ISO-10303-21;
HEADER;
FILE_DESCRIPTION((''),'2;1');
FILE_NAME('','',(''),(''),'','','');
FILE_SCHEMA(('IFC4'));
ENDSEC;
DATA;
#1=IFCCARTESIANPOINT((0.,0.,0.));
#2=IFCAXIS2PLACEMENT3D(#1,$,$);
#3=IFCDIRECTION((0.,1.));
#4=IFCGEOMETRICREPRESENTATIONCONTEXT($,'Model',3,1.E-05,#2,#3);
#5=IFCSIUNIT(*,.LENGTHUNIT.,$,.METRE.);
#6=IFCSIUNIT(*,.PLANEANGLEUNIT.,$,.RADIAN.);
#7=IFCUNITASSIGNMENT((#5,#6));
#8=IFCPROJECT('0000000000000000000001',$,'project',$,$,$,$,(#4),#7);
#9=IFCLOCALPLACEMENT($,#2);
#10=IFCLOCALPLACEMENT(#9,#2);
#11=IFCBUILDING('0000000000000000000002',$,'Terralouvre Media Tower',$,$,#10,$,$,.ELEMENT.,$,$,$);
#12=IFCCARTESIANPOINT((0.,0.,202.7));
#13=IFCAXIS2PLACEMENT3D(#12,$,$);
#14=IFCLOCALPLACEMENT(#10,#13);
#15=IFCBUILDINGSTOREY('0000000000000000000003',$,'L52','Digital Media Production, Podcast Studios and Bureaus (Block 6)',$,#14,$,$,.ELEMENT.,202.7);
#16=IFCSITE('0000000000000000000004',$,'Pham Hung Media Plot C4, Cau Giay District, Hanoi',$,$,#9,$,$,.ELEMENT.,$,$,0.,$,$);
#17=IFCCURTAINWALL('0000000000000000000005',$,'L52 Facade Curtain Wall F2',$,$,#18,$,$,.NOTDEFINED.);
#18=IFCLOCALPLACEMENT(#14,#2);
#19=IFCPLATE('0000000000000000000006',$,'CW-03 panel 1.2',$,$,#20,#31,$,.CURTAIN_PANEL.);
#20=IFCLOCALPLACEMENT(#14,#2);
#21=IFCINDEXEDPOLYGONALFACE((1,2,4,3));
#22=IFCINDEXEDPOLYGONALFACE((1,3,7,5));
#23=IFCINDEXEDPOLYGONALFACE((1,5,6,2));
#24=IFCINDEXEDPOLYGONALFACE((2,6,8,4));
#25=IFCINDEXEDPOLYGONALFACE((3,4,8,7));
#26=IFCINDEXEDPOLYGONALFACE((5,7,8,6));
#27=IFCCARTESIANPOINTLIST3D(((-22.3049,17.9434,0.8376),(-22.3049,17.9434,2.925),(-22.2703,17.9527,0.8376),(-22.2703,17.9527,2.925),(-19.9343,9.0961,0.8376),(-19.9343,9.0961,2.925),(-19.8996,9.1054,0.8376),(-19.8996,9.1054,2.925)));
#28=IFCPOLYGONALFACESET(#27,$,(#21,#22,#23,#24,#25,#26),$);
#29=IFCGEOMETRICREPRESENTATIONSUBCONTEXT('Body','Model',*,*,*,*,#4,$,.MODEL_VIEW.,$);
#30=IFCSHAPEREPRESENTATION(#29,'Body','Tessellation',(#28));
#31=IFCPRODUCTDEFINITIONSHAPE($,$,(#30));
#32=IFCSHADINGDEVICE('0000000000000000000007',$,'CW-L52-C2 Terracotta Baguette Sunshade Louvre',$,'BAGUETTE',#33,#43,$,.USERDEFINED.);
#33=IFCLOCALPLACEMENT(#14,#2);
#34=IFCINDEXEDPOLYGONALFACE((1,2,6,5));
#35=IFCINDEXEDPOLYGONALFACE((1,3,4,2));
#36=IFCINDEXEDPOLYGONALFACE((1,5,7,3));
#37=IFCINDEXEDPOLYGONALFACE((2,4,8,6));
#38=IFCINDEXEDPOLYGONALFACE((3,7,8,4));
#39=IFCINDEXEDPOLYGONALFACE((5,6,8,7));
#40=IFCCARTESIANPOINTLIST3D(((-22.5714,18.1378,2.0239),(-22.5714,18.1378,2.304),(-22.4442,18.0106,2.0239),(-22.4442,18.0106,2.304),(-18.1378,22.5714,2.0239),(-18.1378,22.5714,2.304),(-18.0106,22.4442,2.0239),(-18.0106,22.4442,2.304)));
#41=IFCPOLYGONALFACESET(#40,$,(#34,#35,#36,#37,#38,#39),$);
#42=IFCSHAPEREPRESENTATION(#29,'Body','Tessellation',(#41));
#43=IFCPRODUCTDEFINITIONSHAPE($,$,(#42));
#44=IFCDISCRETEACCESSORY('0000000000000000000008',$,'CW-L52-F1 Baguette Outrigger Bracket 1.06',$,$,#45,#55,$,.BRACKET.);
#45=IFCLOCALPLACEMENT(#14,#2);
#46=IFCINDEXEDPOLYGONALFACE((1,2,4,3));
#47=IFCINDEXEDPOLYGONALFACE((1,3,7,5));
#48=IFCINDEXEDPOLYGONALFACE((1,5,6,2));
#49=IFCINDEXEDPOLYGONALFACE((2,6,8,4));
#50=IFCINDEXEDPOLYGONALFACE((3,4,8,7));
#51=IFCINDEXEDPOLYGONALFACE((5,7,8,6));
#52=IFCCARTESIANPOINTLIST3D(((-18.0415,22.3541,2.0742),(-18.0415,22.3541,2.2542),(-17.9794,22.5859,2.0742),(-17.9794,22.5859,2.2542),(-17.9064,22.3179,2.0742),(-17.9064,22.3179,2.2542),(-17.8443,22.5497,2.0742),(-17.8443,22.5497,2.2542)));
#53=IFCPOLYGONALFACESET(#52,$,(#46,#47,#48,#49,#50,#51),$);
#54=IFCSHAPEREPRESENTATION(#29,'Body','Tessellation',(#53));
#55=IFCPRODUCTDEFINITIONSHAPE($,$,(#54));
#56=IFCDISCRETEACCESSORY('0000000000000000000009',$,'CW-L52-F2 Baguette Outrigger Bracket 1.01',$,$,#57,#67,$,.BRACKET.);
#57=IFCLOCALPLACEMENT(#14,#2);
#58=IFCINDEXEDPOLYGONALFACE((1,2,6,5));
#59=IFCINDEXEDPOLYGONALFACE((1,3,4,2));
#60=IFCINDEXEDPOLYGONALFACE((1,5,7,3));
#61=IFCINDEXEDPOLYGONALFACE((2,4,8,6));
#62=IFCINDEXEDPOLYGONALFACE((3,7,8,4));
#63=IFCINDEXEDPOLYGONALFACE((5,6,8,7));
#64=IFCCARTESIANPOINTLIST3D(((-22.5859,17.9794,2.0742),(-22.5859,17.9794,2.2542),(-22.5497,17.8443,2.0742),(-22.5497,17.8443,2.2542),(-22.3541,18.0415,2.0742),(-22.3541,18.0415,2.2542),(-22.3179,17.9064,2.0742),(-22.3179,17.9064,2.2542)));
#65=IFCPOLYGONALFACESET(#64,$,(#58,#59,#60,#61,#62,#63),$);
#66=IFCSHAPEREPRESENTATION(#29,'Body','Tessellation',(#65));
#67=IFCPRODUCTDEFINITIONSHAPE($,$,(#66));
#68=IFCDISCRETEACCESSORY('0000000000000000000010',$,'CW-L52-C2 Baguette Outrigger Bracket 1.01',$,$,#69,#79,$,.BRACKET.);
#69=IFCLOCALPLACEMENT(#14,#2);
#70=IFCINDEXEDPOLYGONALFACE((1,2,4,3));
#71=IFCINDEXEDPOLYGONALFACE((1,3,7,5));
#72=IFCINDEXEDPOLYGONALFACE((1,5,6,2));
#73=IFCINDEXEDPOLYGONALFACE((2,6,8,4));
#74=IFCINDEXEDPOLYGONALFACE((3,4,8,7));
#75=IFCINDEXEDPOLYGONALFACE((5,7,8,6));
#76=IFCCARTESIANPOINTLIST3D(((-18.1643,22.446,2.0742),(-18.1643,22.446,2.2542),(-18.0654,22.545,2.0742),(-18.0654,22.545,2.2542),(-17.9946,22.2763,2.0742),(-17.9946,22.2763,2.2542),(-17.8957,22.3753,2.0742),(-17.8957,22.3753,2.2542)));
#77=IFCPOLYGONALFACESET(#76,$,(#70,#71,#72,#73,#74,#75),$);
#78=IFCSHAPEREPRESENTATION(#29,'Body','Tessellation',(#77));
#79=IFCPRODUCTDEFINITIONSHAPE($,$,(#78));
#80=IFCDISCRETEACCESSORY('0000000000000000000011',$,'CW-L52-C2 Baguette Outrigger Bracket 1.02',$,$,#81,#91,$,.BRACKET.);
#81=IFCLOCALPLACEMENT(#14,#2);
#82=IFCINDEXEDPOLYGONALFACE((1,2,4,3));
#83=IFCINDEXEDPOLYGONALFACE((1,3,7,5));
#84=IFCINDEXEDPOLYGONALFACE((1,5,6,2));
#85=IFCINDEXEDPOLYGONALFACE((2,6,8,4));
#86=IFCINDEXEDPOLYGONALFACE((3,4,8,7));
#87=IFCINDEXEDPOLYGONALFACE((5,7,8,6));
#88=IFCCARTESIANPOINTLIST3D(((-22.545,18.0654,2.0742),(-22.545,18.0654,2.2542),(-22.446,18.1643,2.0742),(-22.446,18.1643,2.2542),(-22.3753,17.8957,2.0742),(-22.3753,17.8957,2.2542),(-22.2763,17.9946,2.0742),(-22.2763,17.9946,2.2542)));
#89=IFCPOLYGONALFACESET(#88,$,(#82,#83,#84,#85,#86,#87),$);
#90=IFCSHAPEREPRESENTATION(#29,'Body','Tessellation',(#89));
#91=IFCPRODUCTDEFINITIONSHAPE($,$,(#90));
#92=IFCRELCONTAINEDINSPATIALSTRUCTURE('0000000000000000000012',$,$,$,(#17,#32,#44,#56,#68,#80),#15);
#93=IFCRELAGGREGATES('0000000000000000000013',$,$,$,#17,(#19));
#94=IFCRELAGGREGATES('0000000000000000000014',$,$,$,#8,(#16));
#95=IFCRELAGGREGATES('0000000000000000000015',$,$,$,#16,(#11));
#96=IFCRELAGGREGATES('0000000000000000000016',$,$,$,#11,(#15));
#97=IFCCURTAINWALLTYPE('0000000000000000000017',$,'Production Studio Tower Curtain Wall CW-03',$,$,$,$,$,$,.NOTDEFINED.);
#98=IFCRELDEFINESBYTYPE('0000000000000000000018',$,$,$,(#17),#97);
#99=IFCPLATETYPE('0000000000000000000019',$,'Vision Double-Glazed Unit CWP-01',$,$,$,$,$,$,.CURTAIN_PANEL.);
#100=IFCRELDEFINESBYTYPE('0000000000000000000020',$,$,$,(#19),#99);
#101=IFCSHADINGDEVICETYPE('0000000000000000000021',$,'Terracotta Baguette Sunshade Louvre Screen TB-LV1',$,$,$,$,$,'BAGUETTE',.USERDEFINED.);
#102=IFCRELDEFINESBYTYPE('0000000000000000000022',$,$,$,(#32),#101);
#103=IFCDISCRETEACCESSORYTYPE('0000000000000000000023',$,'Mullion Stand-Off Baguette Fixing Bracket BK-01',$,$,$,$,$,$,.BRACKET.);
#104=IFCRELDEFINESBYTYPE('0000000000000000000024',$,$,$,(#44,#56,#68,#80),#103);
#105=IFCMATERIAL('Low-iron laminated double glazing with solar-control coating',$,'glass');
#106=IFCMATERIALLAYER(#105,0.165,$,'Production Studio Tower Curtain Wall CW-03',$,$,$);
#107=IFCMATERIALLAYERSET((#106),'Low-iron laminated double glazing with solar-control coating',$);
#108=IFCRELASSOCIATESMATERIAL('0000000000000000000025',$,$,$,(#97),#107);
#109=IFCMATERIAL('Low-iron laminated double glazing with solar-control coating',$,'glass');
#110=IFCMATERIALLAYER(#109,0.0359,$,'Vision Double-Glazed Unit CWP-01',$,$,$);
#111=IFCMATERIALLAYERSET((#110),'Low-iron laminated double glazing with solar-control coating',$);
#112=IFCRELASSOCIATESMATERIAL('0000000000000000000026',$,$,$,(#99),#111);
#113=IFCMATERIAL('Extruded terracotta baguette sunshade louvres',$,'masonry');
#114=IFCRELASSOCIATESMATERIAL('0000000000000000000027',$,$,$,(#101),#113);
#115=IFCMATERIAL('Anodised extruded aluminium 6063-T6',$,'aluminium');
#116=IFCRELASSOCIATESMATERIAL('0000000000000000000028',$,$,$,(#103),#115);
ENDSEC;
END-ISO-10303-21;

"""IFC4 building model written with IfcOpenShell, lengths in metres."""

from ifc_helpers import new_model, si_unit, direction, frame, origin, origin_2d, place, context, subcontext, project, spatial, rectangle, extrude, material, layer, layer_set, type_object, element, aggregate, save


model = new_model("IFC4")

# Units and contexts
model_context = context("Model", 3, precision=1e-05, world=origin(), true_north=direction((0.0, 1.0)))
body_context = subcontext(model_context, "Body", "Model", "MODEL_VIEW")
ifc_project = project(units=[si_unit("LENGTHUNIT", "METRE"), si_unit("PLANEANGLEUNIT", "RADIAN")], contexts=[model_context])

# Site, building, storey
site_placement = place(None, origin())
site = spatial("IfcSite", under=ifc_project, at=site_placement, Name="Pham Hung Media Plot C4, Cau Giay District, Hanoi", CompositionType="ELEMENT", RefElevation=0.0)
building_placement = place(site_placement, origin())
building = spatial("IfcBuilding", under=site, at=building_placement, Name="Terralouvre Media Tower", CompositionType="ELEMENT")
storey_placement = place(building_placement, frame((0.0, 0.0, 202.7)))
storey = spatial("IfcBuildingStorey", under=building, at=storey_placement, Name="L52", Description="Digital Media Production, Podcast Studios and Bureaus (Block 6)", CompositionType="ELEMENT", Elevation=202.7)

# Curtain wall
ifc_material_1 = material(Name="Low-iron laminated double glazing with solar-control coating", Category="glass")
ifc_layer_1 = layer(ifc_material_1, 0.165, Name="Production Studio Tower Curtain Wall CW-03")
ifc_layer_set_1 = layer_set([ifc_layer_1], Name="Low-iron laminated double glazing with solar-control coating")
curtain_wall_type_1 = type_object("IfcCurtainWallType", Name="Production Studio Tower Curtain Wall CW-03", PredefinedType="NOTDEFINED", material=ifc_layer_set_1)
curtain_wall_1_placement = place(storey_placement, origin())
curtain_wall_1 = element("IfcCurtainWall", 1, at=curtain_wall_1_placement, inside=storey, type_object=curtain_wall_type_1, Name="L52 Facade Curtain Wall F2", PredefinedType="NOTDEFINED")

# Plate
ifc_material_2 = material(Name="Low-iron laminated double glazing with solar-control coating", Category="glass")
ifc_layer_2 = layer(ifc_material_2, 0.0359, Name="Vision Double-Glazed Unit CWP-01")
ifc_layer_set_2 = layer_set([ifc_layer_2], Name="Low-iron laminated double glazing with solar-control coating")
plate_type_1 = type_object("IfcPlateType", Name="Vision Double-Glazed Unit CWP-01", PredefinedType="CURTAIN_PANEL", material=ifc_layer_set_2)
plate_1_placement = place(storey_placement, frame((-21.1023, 13.5244, 0.8376), z_axis=(0.0, 0.0, 1.0), x_axis=(0.258819, -0.965926, 0.0)))
plate_1 = element("IfcPlate", 2, at=plate_1_placement, type_object=plate_type_1, Name="CW-03 panel 1.2", PredefinedType="CURTAIN_PANEL", context=body_context, shape_type="SweptSolid", body=[
    extrude(rectangle(XDim=9.1594, YDim=0.0359, at=origin_2d()), origin(), (0.0, 0.0, 1.0), 2.0874),
])
aggregate(curtain_wall_1, [plate_1])

# Shading device
ifc_material_3 = material(Name="Extruded terracotta baguette sunshade louvres", Category="masonry")
shading_device_type = type_object("IfcShadingDeviceType", Name="Terracotta Baguette Sunshade Louvre Screen TB-LV1", ElementType="BAGUETTE", PredefinedType="USERDEFINED", material=ifc_material_3)
shading_device_placement = place(storey_placement, frame((-20.291, 20.291, 2.0239), z_axis=(0.0, 0.0, 1.0), x_axis=(-0.707107, -0.707107, 0.0)))
element("IfcShadingDevice", 3, at=shading_device_placement, inside=storey, type_object=shading_device_type, Name="CW-L52-C2 Terracotta Baguette Sunshade Louvre", ObjectType="BAGUETTE", PredefinedType="USERDEFINED", context=body_context, shape_type="SweptSolid", body=[
    extrude(rectangle(XDim=6.27, YDim=0.1799, at=origin_2d()), origin(), (0.0, 0.0, 1.0), 0.28),
])

# Discrete accessories
ifc_material_4 = material(Name="Anodised extruded aluminium 6063-T6", Category="aluminium")
discrete_accessory_type = type_object("IfcDiscreteAccessoryType", Name="Mullion Stand-Off Baguette Fixing Bracket BK-01", PredefinedType="BRACKET", material=ifc_material_4)
for number, where, z_axis, x_axis, name in (
    (4, (-17.9429, 22.4519, 2.0742), (0.0, 0.0, 1.0), (-0.965926, 0.258819, 0.0), "CW-L52-F1 Baguette Outrigger Bracket 1.06"),
    (5, (-22.4519, 17.9429, 2.0742), (0.0, 0.0, 1.0), (0.258819, -0.965926, 0.0), "CW-L52-F2 Baguette Outrigger Bracket 1.01"),
    (6, (-18.03, 22.4106, 2.0742), (0.0, 0.0, 1.0), (-0.707107, -0.707107, 0.0), "CW-L52-C2 Baguette Outrigger Bracket 1.01"),
    (7, (-22.4106, 18.03, 2.0742), (0.0, 0.0, 1.0), (-0.707107, -0.707107, 0.0), "CW-L52-C2 Baguette Outrigger Bracket 1.02"),
):
    element("IfcDiscreteAccessory", number, at=place(storey_placement, frame(where, z_axis=z_axis, x_axis=x_axis)), inside=storey, type_object=discrete_accessory_type, Name=name, PredefinedType="BRACKET", context=body_context, shape_type="SweptSolid", body=[
        extrude(rectangle(XDim=0.1399, YDim=0.24, at=origin_2d()), origin(), (0.0, 0.0, 1.0), 0.1799),
    ])

save(model, "model.ifc")
